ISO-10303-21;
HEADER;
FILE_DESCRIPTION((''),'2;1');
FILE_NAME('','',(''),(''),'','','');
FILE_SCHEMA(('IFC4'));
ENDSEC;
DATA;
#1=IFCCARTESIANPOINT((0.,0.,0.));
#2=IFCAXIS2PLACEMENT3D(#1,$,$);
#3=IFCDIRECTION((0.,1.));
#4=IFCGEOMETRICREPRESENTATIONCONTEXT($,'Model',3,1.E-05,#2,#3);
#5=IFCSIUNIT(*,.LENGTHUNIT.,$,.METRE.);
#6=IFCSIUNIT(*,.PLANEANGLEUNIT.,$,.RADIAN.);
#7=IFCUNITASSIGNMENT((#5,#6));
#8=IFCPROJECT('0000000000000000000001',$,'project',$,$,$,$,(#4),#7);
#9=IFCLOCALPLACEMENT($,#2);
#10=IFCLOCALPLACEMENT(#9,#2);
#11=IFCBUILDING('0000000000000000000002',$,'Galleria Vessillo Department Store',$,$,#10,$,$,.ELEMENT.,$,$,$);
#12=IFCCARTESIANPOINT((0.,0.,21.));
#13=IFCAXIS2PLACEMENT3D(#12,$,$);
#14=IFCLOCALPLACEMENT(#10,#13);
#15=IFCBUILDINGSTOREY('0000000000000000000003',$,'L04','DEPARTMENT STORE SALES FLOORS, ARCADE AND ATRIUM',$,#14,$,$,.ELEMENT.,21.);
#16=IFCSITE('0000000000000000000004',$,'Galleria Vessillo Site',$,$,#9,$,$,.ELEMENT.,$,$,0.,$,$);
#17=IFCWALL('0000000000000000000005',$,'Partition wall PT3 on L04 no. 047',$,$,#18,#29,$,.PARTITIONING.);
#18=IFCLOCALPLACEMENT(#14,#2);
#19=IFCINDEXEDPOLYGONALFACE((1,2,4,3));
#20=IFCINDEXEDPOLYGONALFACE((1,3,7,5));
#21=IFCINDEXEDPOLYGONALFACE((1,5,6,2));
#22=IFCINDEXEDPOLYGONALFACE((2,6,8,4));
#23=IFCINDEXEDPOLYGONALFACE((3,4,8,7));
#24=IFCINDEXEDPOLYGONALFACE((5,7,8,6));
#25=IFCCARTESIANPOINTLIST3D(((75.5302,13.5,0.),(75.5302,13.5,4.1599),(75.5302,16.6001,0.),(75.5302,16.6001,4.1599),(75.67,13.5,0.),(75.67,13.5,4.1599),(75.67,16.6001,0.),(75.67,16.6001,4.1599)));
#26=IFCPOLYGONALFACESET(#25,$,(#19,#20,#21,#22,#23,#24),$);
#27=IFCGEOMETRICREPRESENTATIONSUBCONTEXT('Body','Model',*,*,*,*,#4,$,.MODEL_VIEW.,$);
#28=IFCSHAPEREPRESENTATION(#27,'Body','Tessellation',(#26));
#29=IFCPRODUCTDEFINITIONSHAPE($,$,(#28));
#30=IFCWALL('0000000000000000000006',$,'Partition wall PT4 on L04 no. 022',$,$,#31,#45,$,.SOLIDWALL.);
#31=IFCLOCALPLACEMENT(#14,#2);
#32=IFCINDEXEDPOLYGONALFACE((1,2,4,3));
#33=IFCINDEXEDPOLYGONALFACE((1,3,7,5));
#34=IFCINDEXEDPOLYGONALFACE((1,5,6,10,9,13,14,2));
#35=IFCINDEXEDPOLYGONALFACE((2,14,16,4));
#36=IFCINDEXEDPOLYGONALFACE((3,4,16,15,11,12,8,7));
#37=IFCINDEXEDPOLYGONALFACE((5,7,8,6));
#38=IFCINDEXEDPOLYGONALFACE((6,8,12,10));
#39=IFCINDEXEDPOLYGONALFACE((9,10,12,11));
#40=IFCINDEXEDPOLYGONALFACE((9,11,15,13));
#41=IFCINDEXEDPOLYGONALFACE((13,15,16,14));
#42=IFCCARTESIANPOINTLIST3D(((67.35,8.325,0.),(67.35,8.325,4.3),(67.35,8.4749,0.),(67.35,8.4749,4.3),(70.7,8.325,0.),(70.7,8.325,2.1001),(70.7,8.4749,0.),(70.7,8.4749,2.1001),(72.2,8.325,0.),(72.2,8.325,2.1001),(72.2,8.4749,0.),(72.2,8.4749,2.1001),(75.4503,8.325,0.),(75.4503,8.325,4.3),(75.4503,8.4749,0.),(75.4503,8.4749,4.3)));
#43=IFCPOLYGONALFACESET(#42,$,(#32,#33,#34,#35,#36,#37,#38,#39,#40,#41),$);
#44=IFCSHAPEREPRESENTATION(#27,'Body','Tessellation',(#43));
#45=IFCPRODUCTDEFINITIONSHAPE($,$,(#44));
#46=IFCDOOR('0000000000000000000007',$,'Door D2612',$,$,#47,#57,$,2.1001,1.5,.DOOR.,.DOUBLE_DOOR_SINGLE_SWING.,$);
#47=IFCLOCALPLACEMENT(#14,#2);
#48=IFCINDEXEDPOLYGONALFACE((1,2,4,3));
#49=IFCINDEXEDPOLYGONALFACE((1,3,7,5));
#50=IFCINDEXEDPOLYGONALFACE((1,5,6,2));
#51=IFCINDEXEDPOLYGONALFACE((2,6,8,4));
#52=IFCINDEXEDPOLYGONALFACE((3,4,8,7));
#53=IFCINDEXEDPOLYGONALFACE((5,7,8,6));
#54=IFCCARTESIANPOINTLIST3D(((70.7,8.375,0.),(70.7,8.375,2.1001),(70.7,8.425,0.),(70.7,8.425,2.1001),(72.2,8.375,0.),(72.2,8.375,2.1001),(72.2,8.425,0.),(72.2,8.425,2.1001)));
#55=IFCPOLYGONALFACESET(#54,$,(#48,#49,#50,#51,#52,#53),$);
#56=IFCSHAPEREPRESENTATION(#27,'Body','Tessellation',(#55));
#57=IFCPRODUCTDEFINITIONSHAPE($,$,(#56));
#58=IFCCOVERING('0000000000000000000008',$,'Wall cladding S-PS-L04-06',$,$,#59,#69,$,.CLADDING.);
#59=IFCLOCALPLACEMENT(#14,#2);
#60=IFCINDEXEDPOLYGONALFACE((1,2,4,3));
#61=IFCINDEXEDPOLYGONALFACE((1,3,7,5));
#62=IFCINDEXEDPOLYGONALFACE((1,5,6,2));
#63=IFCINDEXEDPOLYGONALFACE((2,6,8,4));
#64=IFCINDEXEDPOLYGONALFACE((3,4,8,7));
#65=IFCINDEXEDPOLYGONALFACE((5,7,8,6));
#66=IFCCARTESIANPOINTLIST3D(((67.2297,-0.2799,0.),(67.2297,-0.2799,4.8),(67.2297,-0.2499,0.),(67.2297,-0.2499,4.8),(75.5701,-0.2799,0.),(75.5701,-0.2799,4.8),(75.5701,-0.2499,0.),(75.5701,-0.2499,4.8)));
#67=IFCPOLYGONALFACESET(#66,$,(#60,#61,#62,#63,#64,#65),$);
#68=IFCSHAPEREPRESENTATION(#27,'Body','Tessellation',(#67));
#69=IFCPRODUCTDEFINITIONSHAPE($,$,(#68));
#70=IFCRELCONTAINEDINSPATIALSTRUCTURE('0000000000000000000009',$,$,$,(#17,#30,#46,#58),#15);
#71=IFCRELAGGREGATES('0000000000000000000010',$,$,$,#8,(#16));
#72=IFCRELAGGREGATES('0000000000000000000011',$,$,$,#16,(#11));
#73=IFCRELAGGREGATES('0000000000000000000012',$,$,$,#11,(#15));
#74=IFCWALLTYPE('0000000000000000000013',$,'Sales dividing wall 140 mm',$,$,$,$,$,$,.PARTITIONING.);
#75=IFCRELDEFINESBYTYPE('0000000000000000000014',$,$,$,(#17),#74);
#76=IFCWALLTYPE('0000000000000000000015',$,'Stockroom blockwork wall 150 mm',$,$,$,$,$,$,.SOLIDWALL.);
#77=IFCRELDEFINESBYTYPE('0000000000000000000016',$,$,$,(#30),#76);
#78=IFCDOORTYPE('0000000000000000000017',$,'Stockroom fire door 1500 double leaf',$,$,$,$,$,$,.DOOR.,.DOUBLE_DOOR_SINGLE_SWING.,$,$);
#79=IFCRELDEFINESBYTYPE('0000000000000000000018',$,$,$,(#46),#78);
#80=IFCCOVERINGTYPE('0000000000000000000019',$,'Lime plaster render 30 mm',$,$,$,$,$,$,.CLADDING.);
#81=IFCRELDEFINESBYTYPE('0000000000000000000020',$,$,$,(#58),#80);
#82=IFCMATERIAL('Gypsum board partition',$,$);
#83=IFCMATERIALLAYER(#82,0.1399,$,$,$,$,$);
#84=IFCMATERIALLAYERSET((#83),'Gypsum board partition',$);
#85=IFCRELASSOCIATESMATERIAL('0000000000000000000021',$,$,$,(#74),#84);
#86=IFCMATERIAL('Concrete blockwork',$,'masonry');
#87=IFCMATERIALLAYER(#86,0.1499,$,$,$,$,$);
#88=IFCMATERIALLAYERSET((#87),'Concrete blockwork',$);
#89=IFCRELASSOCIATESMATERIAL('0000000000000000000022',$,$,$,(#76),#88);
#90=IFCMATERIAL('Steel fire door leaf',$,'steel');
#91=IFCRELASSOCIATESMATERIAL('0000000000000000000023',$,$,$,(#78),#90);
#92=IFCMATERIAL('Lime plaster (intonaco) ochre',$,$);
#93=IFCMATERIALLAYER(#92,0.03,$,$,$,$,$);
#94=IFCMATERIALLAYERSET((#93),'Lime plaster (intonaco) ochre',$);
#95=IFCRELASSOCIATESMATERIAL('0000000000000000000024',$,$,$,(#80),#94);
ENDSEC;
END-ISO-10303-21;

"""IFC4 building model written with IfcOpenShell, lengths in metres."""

from ifc_helpers import new_model, si_unit, direction, frame, frame_2d, origin, origin_2d, place, context, subcontext, project, spatial, rectangle, extrude, material, layer, layer_set, type_object, element, fill, save


model = new_model("IFC4")

# Units and contexts
model_context = context("Model", 3, precision=1e-05, world=origin(), true_north=direction((0.0, 1.0)))
body_context = subcontext(model_context, "Body", "Model", "MODEL_VIEW")
ifc_project = project(units=[si_unit("LENGTHUNIT", "METRE"), si_unit("PLANEANGLEUNIT", "RADIAN")], contexts=[model_context])

# Site, building, storey
site_placement = place(None, origin())
site = spatial("IfcSite", under=ifc_project, at=site_placement, Name="Galleria Vessillo Site", CompositionType="ELEMENT", RefElevation=0.0)
building_placement = place(site_placement, origin())
building = spatial("IfcBuilding", under=site, at=building_placement, Name="Galleria Vessillo Department Store", CompositionType="ELEMENT")
storey_placement = place(building_placement, frame((0.0, 0.0, 21.0)))
storey = spatial("IfcBuildingStorey", under=building, at=storey_placement, Name="L04", Description="DEPARTMENT STORE SALES FLOORS, ARCADE AND ATRIUM", CompositionType="ELEMENT", Elevation=21.0)

# Wall
ifc_material_1 = material(Name="Gypsum board partition")
ifc_layer_1 = layer(ifc_material_1, 0.1399)
ifc_layer_set_1 = layer_set([ifc_layer_1], Name="Gypsum board partition")
wall_type_1 = type_object("IfcWallType", Name="Sales dividing wall 140 mm", PredefinedType="PARTITIONING", material=ifc_layer_set_1)
for number, where, z_axis, x_axis, name in (
    (1, (75.6001, 13.5, 0.0), (0.0, 0.0, 1.0), (0.0, 1.0, 0.0), "Partition wall PT3 on L04 no. 047"),
):
    element("IfcWall", number, at=place(storey_placement, frame(where, z_axis=z_axis, x_axis=x_axis)), inside=storey, type_object=wall_type_1, Name=name, PredefinedType="PARTITIONING", context=body_context, shape_type="SweptSolid", body=[
        extrude(rectangle(XDim=3.1001, YDim=0.1399, at=frame_2d((1.55, 0.0))), origin(), (0.0, 0.0, 1.0), 4.1599),
    ])

# Wall, opening, door
ifc_material_2 = material(Name="Concrete blockwork", Category="masonry")
ifc_layer_2 = layer(ifc_material_2, 0.1499)
ifc_layer_set_2 = layer_set([ifc_layer_2], Name="Concrete blockwork")
wall_type_2 = type_object("IfcWallType", Name="Stockroom blockwork wall 150 mm", PredefinedType="SOLIDWALL", material=ifc_layer_set_2)
wall_1_placement = place(storey_placement, frame((67.3499, 8.3999, 0.0), z_axis=(0.0, 0.0, 1.0), x_axis=(1.0, 0.0, 0.0)))
wall_1 = element("IfcWall", 2, at=wall_1_placement, inside=storey, type_object=wall_type_2, Name="Partition wall PT4 on L04 no. 022", PredefinedType="SOLIDWALL", context=body_context, shape_type="SweptSolid", body=[
    extrude(rectangle(XDim=8.1003, YDim=0.1499, at=frame_2d((4.0503, 0.0))), origin(), (0.0, 0.0, 1.0), 4.3),
])
opening_placement = place(wall_1_placement, frame((3.3501, 0.0, 0.0)))
opening = element("IfcOpeningElement", 3, at=opening_placement, cuts=wall_1, PredefinedType="OPENING", context=body_context, shape_type="SweptSolid", body=[
    extrude(rectangle(XDim=1.5, YDim=2.1001, at=frame_2d((0.75, 1.05))), frame((0.0, 0.085, 0.0), z_axis=(0.0, -1.0, 0.0), x_axis=(1.0, 0.0, 0.0)), (0.0, 0.0, 1.0), 0.1699),
])
ifc_material_3 = material(Name="Steel fire door leaf", Category="steel")
door_type = type_object("IfcDoorType", Name="Stockroom fire door 1500 double leaf", OperationType="DOUBLE_DOOR_SINGLE_SWING", PredefinedType="DOOR", material=ifc_material_3)
door_placement = place(opening_placement, frame((1.5, 0.0, 0.0), z_axis=(0.0, 0.0, 1.0), x_axis=(-1.0, 0.0, 0.0)))
door = element("IfcDoor", 4, at=door_placement, inside=storey, type_object=door_type, Name="Door D2612", OperationType="DOUBLE_DOOR_SINGLE_SWING", OverallHeight=2.1001, OverallWidth=1.5, PredefinedType="DOOR", context=body_context, shape_type="SweptSolid", body=[
    extrude(rectangle(XDim=1.5, YDim=2.1001, at=frame_2d((0.75, 1.05))), frame((0.0, 0.0249, 0.0), z_axis=(0.0, -1.0, 0.0), x_axis=(1.0, 0.0, 0.0)), (0.0, 0.0, 1.0), 0.05),
])
fill(opening, door)

# Covering
ifc_material_4 = material(Name="Lime plaster (intonaco) ochre")
ifc_layer_3 = layer(ifc_material_4, 0.03)
ifc_layer_set_3 = layer_set([ifc_layer_3], Name="Lime plaster (intonaco) ochre")
covering_type = type_object("IfcCoveringType", Name="Lime plaster render 30 mm", PredefinedType="CLADDING", material=ifc_layer_set_3)
covering_placement = place(storey_placement, frame((71.3999, -0.2649, 0.0), z_axis=(0.0, 0.0, 1.0), x_axis=(1.0, 0.0, 0.0)))
element("IfcCovering", 5, at=covering_placement, inside=storey, type_object=covering_type, Name="Wall cladding S-PS-L04-06", PredefinedType="CLADDING", context=body_context, shape_type="SweptSolid", body=[
    extrude(rectangle(XDim=8.3403, YDim=0.03, at=origin_2d()), origin(), (0.0, 0.0, 1.0), 4.8),
])

save(model, "model.ifc")
